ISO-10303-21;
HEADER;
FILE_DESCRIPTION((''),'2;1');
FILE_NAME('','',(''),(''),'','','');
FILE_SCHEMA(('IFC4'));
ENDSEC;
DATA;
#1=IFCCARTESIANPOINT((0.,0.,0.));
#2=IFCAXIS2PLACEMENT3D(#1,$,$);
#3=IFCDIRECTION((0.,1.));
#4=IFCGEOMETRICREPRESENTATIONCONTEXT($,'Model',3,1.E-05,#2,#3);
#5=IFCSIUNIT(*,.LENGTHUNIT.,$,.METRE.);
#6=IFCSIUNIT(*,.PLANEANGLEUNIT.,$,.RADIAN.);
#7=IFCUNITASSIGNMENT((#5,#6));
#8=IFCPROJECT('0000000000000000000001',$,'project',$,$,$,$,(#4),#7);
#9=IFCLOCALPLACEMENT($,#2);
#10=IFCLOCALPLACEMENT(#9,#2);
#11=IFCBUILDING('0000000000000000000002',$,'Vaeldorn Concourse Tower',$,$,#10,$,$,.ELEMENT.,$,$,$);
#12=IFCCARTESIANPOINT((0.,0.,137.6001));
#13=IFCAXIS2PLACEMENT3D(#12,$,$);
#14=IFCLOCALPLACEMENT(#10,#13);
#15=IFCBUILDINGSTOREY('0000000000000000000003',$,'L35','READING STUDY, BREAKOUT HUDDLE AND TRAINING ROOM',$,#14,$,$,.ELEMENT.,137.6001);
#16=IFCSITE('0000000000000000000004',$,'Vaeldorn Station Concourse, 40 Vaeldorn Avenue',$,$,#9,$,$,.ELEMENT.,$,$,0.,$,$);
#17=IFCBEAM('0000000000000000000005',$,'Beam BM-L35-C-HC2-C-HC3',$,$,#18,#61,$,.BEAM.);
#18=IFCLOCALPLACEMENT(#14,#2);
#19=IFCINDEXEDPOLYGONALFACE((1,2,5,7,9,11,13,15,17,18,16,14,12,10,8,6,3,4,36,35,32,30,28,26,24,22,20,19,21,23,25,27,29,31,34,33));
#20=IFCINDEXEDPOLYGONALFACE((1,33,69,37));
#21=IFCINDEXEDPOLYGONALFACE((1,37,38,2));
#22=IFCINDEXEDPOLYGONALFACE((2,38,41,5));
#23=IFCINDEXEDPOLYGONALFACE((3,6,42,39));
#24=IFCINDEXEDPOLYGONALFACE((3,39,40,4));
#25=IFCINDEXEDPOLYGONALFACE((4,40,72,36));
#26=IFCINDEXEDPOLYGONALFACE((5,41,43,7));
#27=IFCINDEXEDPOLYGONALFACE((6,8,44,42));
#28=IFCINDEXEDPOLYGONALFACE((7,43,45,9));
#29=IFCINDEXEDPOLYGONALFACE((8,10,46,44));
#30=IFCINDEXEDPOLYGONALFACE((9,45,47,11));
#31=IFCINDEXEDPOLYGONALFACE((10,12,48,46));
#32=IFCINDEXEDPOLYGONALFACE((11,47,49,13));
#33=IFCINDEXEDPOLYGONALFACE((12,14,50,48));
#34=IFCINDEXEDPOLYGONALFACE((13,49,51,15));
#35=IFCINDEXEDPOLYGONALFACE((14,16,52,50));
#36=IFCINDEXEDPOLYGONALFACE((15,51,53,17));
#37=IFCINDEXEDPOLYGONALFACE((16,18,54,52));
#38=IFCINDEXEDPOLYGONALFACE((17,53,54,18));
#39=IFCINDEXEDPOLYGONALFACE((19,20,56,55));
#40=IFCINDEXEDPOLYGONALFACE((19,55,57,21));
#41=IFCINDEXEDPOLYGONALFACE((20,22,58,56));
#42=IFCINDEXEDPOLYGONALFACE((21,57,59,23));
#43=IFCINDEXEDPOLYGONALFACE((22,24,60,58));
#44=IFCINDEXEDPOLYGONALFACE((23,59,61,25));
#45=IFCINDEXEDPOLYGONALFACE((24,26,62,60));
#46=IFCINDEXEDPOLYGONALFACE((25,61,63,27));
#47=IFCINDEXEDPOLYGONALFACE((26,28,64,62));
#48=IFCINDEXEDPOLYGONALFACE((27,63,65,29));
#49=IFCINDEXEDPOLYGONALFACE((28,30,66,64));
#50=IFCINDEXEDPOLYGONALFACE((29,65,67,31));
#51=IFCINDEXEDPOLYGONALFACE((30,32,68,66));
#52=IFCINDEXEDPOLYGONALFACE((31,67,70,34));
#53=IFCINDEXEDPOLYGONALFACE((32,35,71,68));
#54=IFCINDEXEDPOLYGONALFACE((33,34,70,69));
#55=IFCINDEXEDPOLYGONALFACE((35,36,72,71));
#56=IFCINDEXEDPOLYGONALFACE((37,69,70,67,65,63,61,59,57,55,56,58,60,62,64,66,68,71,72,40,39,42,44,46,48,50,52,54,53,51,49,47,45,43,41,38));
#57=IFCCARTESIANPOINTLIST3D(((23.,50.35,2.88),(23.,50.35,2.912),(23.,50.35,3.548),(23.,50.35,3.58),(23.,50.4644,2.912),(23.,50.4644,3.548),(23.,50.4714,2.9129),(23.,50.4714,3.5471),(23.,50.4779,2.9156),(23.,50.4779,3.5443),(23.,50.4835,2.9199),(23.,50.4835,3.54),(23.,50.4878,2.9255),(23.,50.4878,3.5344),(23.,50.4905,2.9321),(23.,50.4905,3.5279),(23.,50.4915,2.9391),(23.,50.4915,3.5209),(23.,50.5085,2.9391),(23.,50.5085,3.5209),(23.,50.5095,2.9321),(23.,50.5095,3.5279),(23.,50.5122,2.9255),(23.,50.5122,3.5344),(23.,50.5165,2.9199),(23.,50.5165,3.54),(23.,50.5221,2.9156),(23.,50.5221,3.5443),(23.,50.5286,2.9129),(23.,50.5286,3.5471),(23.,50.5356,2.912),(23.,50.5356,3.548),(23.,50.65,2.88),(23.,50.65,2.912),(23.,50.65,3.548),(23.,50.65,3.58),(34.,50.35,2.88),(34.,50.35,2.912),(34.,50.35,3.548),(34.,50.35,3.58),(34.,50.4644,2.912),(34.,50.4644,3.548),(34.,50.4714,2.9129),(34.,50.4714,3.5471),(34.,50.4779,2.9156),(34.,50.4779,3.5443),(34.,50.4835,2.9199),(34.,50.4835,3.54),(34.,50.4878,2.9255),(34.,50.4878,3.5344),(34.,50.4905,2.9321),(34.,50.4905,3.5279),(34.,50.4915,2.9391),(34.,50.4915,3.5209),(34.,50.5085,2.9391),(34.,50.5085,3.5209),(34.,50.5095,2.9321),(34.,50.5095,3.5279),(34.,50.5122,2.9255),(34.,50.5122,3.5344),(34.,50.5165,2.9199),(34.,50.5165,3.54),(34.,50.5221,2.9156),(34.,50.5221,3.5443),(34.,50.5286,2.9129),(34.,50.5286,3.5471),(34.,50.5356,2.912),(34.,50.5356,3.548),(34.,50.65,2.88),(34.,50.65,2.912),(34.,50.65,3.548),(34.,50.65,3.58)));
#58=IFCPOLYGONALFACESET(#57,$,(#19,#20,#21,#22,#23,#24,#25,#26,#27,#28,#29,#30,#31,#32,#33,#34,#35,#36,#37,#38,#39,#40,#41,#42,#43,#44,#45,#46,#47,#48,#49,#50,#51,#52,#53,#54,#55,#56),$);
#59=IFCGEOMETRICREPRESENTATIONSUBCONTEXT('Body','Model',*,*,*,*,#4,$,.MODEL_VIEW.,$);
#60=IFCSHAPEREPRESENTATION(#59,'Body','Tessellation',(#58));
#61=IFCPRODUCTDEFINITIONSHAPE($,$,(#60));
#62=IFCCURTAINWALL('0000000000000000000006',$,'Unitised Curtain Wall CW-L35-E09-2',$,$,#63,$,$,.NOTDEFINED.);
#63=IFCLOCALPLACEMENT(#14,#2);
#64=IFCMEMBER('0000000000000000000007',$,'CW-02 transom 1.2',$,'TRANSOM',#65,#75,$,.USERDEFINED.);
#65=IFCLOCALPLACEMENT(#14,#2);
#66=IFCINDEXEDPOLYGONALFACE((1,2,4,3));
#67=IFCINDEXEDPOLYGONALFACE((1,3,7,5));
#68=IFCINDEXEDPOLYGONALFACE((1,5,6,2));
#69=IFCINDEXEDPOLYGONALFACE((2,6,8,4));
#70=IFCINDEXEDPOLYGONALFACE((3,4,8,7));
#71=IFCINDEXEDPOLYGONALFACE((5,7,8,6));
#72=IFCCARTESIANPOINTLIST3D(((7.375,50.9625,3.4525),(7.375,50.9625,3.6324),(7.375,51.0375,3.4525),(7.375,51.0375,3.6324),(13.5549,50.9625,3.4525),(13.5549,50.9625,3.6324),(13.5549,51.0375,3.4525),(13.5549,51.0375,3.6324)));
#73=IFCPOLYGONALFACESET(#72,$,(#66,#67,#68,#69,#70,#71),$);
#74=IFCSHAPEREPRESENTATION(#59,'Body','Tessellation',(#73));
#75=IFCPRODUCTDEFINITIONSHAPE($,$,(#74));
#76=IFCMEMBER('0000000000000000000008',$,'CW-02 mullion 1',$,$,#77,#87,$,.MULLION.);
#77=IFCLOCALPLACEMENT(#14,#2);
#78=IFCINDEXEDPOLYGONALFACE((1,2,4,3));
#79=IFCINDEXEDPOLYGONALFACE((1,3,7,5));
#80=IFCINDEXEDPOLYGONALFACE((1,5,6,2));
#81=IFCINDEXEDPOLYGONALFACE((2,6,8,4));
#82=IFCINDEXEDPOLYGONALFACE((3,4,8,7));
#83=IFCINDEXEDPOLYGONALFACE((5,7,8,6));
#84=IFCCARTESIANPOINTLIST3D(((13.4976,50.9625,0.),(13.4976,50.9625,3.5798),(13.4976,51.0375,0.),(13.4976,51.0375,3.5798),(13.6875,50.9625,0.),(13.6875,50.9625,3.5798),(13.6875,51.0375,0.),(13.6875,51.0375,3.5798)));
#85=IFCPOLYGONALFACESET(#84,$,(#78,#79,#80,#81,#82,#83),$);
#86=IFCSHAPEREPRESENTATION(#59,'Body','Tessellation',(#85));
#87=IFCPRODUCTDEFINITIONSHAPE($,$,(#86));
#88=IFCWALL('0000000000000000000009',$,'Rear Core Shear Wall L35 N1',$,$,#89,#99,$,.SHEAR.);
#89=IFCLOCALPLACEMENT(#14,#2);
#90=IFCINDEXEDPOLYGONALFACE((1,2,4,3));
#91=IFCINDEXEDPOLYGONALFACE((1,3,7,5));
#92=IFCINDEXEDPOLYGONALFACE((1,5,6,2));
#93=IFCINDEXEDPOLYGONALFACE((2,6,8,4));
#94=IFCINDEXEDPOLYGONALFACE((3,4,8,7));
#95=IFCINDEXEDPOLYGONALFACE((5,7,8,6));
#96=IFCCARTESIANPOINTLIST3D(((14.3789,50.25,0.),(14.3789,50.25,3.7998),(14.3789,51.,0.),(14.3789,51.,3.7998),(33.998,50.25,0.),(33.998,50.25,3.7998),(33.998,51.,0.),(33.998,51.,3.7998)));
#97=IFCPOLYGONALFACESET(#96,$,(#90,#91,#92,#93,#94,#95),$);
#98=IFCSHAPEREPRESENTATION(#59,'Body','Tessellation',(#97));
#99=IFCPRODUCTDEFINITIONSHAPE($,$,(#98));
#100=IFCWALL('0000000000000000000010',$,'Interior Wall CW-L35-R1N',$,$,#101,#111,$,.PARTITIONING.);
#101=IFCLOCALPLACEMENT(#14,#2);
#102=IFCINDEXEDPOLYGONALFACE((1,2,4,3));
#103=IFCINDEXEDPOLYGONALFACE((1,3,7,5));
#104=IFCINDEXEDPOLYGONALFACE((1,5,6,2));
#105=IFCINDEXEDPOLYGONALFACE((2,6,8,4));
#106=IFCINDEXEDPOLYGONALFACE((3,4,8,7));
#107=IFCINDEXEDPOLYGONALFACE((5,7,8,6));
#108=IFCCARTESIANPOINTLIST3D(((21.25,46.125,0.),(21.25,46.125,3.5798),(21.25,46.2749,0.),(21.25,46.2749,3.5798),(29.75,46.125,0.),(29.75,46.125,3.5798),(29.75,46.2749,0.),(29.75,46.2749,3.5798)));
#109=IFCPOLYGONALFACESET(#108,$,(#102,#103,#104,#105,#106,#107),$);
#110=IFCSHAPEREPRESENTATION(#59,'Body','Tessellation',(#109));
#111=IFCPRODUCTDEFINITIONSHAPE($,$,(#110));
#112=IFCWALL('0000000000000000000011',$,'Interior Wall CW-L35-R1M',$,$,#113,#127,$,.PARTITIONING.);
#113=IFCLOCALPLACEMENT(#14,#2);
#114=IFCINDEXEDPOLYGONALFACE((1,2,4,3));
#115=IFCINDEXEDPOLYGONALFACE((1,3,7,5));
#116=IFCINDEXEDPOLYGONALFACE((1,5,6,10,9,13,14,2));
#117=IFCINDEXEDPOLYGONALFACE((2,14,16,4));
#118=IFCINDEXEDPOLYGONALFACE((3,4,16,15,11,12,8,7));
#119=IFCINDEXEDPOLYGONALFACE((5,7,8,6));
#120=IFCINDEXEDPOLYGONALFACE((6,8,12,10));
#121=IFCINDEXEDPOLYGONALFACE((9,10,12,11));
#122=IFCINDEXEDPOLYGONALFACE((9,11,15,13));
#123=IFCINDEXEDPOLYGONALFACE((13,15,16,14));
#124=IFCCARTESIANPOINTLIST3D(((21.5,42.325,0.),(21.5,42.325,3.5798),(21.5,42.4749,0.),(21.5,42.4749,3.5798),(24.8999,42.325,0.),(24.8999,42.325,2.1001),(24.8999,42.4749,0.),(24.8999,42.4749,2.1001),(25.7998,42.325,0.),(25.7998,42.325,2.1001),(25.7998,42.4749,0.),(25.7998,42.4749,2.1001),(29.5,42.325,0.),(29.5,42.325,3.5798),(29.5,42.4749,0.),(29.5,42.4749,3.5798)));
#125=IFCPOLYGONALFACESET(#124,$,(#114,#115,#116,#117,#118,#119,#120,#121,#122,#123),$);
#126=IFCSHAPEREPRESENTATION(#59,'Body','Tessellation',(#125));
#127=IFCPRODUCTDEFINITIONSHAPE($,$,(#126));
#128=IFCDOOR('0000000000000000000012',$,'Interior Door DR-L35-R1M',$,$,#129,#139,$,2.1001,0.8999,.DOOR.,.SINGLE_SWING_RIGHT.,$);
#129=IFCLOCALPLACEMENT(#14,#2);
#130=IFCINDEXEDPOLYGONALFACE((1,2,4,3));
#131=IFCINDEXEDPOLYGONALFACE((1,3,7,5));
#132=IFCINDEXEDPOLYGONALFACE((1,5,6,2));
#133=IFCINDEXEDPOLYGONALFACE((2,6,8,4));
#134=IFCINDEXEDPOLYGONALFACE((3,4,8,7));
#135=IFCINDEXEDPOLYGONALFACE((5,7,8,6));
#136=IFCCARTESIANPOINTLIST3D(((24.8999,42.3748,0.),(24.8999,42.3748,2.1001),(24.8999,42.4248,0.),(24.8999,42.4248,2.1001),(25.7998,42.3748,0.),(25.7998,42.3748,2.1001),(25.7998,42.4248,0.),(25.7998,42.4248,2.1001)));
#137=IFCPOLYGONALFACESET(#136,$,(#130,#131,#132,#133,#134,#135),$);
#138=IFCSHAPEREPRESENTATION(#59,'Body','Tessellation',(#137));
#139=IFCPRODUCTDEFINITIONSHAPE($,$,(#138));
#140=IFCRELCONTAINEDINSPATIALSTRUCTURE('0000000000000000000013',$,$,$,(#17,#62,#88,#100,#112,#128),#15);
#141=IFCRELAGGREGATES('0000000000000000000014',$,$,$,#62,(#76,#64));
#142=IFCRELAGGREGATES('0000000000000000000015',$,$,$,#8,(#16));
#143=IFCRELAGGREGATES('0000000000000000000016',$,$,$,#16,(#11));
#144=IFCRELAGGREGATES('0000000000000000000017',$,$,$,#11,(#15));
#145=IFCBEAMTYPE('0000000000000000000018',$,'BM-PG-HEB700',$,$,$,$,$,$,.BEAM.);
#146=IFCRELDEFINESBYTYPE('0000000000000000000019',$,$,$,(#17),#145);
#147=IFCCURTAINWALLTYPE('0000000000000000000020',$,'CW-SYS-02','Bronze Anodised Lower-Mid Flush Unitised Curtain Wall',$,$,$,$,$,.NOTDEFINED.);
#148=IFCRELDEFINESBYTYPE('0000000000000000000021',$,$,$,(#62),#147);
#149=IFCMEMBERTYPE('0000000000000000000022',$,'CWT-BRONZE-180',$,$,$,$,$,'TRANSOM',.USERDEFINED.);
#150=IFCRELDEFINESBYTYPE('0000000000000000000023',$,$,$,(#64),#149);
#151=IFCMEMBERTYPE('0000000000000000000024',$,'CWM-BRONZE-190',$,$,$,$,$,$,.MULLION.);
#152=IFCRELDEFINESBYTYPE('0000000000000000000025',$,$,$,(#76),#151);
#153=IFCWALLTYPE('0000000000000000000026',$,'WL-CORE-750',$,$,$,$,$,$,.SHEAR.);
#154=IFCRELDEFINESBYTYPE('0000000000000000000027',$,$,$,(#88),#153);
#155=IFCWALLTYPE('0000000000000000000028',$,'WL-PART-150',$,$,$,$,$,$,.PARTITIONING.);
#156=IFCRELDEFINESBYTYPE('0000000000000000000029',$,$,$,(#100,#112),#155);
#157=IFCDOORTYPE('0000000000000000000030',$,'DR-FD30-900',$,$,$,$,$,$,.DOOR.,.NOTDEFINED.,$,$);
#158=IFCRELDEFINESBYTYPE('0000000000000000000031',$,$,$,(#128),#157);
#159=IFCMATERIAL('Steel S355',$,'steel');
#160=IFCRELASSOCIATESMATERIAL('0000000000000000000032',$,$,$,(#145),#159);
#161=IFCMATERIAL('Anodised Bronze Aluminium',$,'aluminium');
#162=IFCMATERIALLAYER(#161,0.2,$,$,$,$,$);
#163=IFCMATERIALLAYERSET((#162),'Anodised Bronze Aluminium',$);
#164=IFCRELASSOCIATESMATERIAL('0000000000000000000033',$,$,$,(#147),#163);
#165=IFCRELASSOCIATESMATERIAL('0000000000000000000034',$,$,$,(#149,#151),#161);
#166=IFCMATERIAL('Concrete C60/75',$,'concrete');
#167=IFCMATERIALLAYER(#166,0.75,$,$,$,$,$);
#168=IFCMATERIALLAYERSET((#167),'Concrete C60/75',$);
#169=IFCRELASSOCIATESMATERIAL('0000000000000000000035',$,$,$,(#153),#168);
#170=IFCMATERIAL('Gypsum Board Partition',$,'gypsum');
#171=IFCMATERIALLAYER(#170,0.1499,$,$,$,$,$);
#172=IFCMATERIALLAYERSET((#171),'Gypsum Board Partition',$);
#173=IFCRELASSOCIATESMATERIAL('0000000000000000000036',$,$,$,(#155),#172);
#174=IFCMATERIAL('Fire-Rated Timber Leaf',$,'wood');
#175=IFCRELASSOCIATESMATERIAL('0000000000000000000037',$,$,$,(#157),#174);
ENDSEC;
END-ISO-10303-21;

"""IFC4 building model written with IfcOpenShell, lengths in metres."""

from ifc_helpers import new_model, si_unit, direction, frame, frame_2d, origin, origin_2d, place, context, subcontext, project, spatial, rectangle, i_section, extrude, source, transform, mapped, material, layer, layer_set, material_profile, profile_set, type_object, element, fill, aggregate, save


model = new_model("IFC4")

# Units and contexts
model_context = context("Model", 3, precision=1e-05, world=origin(), true_north=direction((0.0, 1.0)))
body_context = subcontext(model_context, "Body", "Model", "MODEL_VIEW")
ifc_project = project(units=[si_unit("LENGTHUNIT", "METRE"), si_unit("PLANEANGLEUNIT", "RADIAN")], contexts=[model_context])

# Site, building, storey
site_placement = place(None, origin())
site = spatial("IfcSite", under=ifc_project, at=site_placement, Name="Vaeldorn Station Concourse, 40 Vaeldorn Avenue", CompositionType="ELEMENT", RefElevation=0.0)
building_placement = place(site_placement, origin())
building = spatial("IfcBuilding", under=site, at=building_placement, Name="Vaeldorn Concourse Tower", CompositionType="ELEMENT")
storey_placement = place(building_placement, frame((0.0, 0.0, 137.6001)))
storey = spatial("IfcBuildingStorey", under=building, at=storey_placement, Name="L35", Description="READING STUDY, BREAKOUT HUDDLE AND TRAINING ROOM", CompositionType="ELEMENT", Elevation=137.6001)

# Beam
ifc_material_1 = material(Name="Steel S355", Category="steel")
ifc_material_profile_1 = material_profile(ifc_material_1, i_section(OverallWidth=0.3, OverallDepth=0.7, WebThickness=0.0171, FlangeThickness=0.032, FilletRadius=0.0271, at=origin_2d()), Name="HEB 700")
ifc_profile_set_1 = profile_set([ifc_material_profile_1], Name="Steel S355")
beam_type_1 = type_object("IfcBeamType", Name="BM-PG-HEB700", PredefinedType="BEAM", material=ifc_profile_set_1)
shared_shape_1 = source(origin(), body_context, "Body", "SweptSolid", [
    extrude(i_section(OverallWidth=0.3, OverallDepth=0.7, WebThickness=0.0171, FlangeThickness=0.032, FilletRadius=0.0271, at=origin_2d()), origin(), (0.0, 0.0, 1.0), 11.0),
])
beam_1_placement = place(storey_placement, frame((23.0, 50.5, 3.23), z_axis=(1.0, 0.0, 0.0), x_axis=(0.0, 1.0, 0.0)))
element("IfcBeam", 1, at=beam_1_placement, inside=storey, type_object=beam_type_1, Name="Beam BM-L35-C-HC2-C-HC3", PredefinedType="BEAM", context=body_context, shape_type="MappedRepresentation", body=[
    mapped(shared_shape_1, transform((0.0, 0.0, 0.0), scale=1.0)),
])

# Curtain wall, members
ifc_material_2 = material(Name="Anodised Bronze Aluminium", Category="aluminium")
ifc_layer_1 = layer(ifc_material_2, 0.2)
ifc_layer_set_1 = layer_set([ifc_layer_1], Name="Anodised Bronze Aluminium")
curtain_wall_type = type_object("IfcCurtainWallType", Name="CW-SYS-02", Description="Bronze Anodised Lower-Mid Flush Unitised Curtain Wall", PredefinedType="NOTDEFINED", material=ifc_layer_set_1)
curtain_wall_placement = place(storey_placement, origin())
curtain_wall = element("IfcCurtainWall", 2, at=curtain_wall_placement, inside=storey, type_object=curtain_wall_type, Name="Unitised Curtain Wall CW-L35-E09-2", PredefinedType="NOTDEFINED")
ifc_material_profile_2 = material_profile(ifc_material_2, rectangle(XDim=0.075, YDim=0.1799, at=origin_2d()), Name="CWT 75x180")
ifc_profile_set_2 = profile_set([ifc_material_profile_2], Name="Anodised Bronze Aluminium")
member_type_1 = type_object("IfcMemberType", Name="CWT-BRONZE-180", ElementType="TRANSOM", PredefinedType="USERDEFINED", material=ifc_profile_set_2)
shared_shape_2 = source(origin(), body_context, "Body", "SweptSolid", [
    extrude(rectangle(XDim=0.075, YDim=0.1799, at=origin_2d()), origin(), (0.0, 0.0, 1.0), 6.1799),
])
member_1_placement = place(storey_placement, frame((13.5549, 51.0, 3.5425), z_axis=(-1.0, 0.0, 0.0), x_axis=(0.0, -1.0, 0.0)))
member_1 = element("IfcMember", 3, at=member_1_placement, type_object=member_type_1, Name="CW-02 transom 1.2", ObjectType="TRANSOM", PredefinedType="USERDEFINED", context=body_context, shape_type="MappedRepresentation", body=[
    mapped(shared_shape_2, transform((0.0, 0.0, 0.0), scale=1.0)),
])
ifc_material_profile_3 = material_profile(ifc_material_2, rectangle(XDim=0.075, YDim=0.1899, at=origin_2d()), Name="CWM 75x190")
ifc_profile_set_3 = profile_set([ifc_material_profile_3], Name="Anodised Bronze Aluminium")
member_type_2 = type_object("IfcMemberType", Name="CWM-BRONZE-190", PredefinedType="MULLION", material=ifc_profile_set_3)
shared_shape_3 = source(origin(), body_context, "Body", "SweptSolid", [
    extrude(rectangle(XDim=0.075, YDim=0.1899, at=origin_2d()), origin(), (0.0, 0.0, 1.0), 3.5798),
])
member_2_placement = place(storey_placement, frame((13.5925, 51.0, 0.0), z_axis=(0.0, 0.0, 1.0), x_axis=(0.0, -1.0, 0.0)))
member_2 = element("IfcMember", 4, at=member_2_placement, type_object=member_type_2, Name="CW-02 mullion 1", PredefinedType="MULLION", context=body_context, shape_type="MappedRepresentation", body=[
    mapped(shared_shape_3, transform((0.0, 0.0, 0.0), scale=1.0)),
])
aggregate(curtain_wall, [member_2, member_1])

# Walls
ifc_material_3 = material(Name="Concrete C60/75", Category="concrete")
ifc_layer_2 = layer(ifc_material_3, 0.75)
ifc_layer_set_2 = layer_set([ifc_layer_2], Name="Concrete C60/75")
wall_type_1 = type_object("IfcWallType", Name="WL-CORE-750", PredefinedType="SHEAR", material=ifc_layer_set_2)
wall_1_placement = place(storey_placement, frame((14.3789, 50.625, 0.0), z_axis=(0.0, 0.0, 1.0), x_axis=(1.0, 0.0, 0.0)))
element("IfcWall", 5, at=wall_1_placement, inside=storey, type_object=wall_type_1, Name="Rear Core Shear Wall L35 N1", PredefinedType="SHEAR", context=body_context, shape_type="SweptSolid", body=[
    extrude(rectangle(XDim=19.6191, YDim=0.75, at=frame_2d((9.8096, 0.0))), origin(), (0.0, 0.0, 1.0), 3.7998),
])
ifc_material_4 = material(Name="Gypsum Board Partition", Category="gypsum")
ifc_layer_3 = layer(ifc_material_4, 0.1499)
ifc_layer_set_3 = layer_set([ifc_layer_3], Name="Gypsum Board Partition")
wall_type_2 = type_object("IfcWallType", Name="WL-PART-150", PredefinedType="PARTITIONING", material=ifc_layer_set_3)
wall_2_placement = place(storey_placement, frame((21.25, 46.2, 0.0), z_axis=(0.0, 0.0, 1.0), x_axis=(1.0, 0.0, 0.0)))
element("IfcWall", 6, at=wall_2_placement, inside=storey, type_object=wall_type_2, Name="Interior Wall CW-L35-R1N", PredefinedType="PARTITIONING", context=body_context, shape_type="SweptSolid", body=[
    extrude(rectangle(XDim=8.5, YDim=0.1499, at=frame_2d((4.25, 0.0))), origin(), (0.0, 0.0, 1.0), 3.5798),
])

# Wall, opening, door
wall_3_placement = place(storey_placement, frame((21.5, 42.3999, 0.0), z_axis=(0.0, 0.0, 1.0), x_axis=(1.0, 0.0, 0.0)))
wall_3 = element("IfcWall", 7, at=wall_3_placement, inside=storey, type_object=wall_type_2, Name="Interior Wall CW-L35-R1M", PredefinedType="PARTITIONING", context=body_context, shape_type="SweptSolid", body=[
    extrude(rectangle(XDim=8.0, YDim=0.1499, at=frame_2d((4.0, 0.0))), origin(), (0.0, 0.0, 1.0), 3.5798),
])
opening_1_placement = place(wall_3_placement, frame((3.3999, 0.0, 0.0)))
opening_1 = element("IfcOpeningElement", 8, at=opening_1_placement, cuts=wall_3, PredefinedType="OPENING", context=body_context, shape_type="SweptSolid", body=[
    extrude(rectangle(XDim=0.8999, YDim=2.1001, at=frame_2d((0.45, 1.05))), frame((0.0, 0.085, 0.0), z_axis=(0.0, -1.0, 0.0), x_axis=(1.0, 0.0, 0.0)), (0.0, 0.0, 1.0), 0.1699),
])
ifc_material_5 = material(Name="Fire-Rated Timber Leaf", Category="wood")
door_type_1 = type_object("IfcDoorType", Name="DR-FD30-900", OperationType="NOTDEFINED", PredefinedType="DOOR", material=ifc_material_5)
shared_shape_4 = source(origin(), body_context, "Body", "SweptSolid", [
    extrude(rectangle(XDim=0.8999, YDim=2.1001, at=frame_2d((0.45, 1.05))), frame((0.0, 0.0249, 0.0), z_axis=(0.0, -1.0, 0.0), x_axis=(1.0, 0.0, 0.0)), (0.0, 0.0, 1.0), 0.05),
])
door_1_placement = place(opening_1_placement, origin())
door_1 = element("IfcDoor", 9, at=door_1_placement, inside=storey, type_object=door_type_1, Name="Interior Door DR-L35-R1M", OperationType="SINGLE_SWING_RIGHT", OverallHeight=2.1001, OverallWidth=0.8999, PredefinedType="DOOR", context=body_context, shape_type="MappedRepresentation", body=[
    mapped(shared_shape_4, transform((0.0, 0.0, 0.0), scale=1.0)),
])
fill(opening_1, door_1)

save(model, "model.ifc")
